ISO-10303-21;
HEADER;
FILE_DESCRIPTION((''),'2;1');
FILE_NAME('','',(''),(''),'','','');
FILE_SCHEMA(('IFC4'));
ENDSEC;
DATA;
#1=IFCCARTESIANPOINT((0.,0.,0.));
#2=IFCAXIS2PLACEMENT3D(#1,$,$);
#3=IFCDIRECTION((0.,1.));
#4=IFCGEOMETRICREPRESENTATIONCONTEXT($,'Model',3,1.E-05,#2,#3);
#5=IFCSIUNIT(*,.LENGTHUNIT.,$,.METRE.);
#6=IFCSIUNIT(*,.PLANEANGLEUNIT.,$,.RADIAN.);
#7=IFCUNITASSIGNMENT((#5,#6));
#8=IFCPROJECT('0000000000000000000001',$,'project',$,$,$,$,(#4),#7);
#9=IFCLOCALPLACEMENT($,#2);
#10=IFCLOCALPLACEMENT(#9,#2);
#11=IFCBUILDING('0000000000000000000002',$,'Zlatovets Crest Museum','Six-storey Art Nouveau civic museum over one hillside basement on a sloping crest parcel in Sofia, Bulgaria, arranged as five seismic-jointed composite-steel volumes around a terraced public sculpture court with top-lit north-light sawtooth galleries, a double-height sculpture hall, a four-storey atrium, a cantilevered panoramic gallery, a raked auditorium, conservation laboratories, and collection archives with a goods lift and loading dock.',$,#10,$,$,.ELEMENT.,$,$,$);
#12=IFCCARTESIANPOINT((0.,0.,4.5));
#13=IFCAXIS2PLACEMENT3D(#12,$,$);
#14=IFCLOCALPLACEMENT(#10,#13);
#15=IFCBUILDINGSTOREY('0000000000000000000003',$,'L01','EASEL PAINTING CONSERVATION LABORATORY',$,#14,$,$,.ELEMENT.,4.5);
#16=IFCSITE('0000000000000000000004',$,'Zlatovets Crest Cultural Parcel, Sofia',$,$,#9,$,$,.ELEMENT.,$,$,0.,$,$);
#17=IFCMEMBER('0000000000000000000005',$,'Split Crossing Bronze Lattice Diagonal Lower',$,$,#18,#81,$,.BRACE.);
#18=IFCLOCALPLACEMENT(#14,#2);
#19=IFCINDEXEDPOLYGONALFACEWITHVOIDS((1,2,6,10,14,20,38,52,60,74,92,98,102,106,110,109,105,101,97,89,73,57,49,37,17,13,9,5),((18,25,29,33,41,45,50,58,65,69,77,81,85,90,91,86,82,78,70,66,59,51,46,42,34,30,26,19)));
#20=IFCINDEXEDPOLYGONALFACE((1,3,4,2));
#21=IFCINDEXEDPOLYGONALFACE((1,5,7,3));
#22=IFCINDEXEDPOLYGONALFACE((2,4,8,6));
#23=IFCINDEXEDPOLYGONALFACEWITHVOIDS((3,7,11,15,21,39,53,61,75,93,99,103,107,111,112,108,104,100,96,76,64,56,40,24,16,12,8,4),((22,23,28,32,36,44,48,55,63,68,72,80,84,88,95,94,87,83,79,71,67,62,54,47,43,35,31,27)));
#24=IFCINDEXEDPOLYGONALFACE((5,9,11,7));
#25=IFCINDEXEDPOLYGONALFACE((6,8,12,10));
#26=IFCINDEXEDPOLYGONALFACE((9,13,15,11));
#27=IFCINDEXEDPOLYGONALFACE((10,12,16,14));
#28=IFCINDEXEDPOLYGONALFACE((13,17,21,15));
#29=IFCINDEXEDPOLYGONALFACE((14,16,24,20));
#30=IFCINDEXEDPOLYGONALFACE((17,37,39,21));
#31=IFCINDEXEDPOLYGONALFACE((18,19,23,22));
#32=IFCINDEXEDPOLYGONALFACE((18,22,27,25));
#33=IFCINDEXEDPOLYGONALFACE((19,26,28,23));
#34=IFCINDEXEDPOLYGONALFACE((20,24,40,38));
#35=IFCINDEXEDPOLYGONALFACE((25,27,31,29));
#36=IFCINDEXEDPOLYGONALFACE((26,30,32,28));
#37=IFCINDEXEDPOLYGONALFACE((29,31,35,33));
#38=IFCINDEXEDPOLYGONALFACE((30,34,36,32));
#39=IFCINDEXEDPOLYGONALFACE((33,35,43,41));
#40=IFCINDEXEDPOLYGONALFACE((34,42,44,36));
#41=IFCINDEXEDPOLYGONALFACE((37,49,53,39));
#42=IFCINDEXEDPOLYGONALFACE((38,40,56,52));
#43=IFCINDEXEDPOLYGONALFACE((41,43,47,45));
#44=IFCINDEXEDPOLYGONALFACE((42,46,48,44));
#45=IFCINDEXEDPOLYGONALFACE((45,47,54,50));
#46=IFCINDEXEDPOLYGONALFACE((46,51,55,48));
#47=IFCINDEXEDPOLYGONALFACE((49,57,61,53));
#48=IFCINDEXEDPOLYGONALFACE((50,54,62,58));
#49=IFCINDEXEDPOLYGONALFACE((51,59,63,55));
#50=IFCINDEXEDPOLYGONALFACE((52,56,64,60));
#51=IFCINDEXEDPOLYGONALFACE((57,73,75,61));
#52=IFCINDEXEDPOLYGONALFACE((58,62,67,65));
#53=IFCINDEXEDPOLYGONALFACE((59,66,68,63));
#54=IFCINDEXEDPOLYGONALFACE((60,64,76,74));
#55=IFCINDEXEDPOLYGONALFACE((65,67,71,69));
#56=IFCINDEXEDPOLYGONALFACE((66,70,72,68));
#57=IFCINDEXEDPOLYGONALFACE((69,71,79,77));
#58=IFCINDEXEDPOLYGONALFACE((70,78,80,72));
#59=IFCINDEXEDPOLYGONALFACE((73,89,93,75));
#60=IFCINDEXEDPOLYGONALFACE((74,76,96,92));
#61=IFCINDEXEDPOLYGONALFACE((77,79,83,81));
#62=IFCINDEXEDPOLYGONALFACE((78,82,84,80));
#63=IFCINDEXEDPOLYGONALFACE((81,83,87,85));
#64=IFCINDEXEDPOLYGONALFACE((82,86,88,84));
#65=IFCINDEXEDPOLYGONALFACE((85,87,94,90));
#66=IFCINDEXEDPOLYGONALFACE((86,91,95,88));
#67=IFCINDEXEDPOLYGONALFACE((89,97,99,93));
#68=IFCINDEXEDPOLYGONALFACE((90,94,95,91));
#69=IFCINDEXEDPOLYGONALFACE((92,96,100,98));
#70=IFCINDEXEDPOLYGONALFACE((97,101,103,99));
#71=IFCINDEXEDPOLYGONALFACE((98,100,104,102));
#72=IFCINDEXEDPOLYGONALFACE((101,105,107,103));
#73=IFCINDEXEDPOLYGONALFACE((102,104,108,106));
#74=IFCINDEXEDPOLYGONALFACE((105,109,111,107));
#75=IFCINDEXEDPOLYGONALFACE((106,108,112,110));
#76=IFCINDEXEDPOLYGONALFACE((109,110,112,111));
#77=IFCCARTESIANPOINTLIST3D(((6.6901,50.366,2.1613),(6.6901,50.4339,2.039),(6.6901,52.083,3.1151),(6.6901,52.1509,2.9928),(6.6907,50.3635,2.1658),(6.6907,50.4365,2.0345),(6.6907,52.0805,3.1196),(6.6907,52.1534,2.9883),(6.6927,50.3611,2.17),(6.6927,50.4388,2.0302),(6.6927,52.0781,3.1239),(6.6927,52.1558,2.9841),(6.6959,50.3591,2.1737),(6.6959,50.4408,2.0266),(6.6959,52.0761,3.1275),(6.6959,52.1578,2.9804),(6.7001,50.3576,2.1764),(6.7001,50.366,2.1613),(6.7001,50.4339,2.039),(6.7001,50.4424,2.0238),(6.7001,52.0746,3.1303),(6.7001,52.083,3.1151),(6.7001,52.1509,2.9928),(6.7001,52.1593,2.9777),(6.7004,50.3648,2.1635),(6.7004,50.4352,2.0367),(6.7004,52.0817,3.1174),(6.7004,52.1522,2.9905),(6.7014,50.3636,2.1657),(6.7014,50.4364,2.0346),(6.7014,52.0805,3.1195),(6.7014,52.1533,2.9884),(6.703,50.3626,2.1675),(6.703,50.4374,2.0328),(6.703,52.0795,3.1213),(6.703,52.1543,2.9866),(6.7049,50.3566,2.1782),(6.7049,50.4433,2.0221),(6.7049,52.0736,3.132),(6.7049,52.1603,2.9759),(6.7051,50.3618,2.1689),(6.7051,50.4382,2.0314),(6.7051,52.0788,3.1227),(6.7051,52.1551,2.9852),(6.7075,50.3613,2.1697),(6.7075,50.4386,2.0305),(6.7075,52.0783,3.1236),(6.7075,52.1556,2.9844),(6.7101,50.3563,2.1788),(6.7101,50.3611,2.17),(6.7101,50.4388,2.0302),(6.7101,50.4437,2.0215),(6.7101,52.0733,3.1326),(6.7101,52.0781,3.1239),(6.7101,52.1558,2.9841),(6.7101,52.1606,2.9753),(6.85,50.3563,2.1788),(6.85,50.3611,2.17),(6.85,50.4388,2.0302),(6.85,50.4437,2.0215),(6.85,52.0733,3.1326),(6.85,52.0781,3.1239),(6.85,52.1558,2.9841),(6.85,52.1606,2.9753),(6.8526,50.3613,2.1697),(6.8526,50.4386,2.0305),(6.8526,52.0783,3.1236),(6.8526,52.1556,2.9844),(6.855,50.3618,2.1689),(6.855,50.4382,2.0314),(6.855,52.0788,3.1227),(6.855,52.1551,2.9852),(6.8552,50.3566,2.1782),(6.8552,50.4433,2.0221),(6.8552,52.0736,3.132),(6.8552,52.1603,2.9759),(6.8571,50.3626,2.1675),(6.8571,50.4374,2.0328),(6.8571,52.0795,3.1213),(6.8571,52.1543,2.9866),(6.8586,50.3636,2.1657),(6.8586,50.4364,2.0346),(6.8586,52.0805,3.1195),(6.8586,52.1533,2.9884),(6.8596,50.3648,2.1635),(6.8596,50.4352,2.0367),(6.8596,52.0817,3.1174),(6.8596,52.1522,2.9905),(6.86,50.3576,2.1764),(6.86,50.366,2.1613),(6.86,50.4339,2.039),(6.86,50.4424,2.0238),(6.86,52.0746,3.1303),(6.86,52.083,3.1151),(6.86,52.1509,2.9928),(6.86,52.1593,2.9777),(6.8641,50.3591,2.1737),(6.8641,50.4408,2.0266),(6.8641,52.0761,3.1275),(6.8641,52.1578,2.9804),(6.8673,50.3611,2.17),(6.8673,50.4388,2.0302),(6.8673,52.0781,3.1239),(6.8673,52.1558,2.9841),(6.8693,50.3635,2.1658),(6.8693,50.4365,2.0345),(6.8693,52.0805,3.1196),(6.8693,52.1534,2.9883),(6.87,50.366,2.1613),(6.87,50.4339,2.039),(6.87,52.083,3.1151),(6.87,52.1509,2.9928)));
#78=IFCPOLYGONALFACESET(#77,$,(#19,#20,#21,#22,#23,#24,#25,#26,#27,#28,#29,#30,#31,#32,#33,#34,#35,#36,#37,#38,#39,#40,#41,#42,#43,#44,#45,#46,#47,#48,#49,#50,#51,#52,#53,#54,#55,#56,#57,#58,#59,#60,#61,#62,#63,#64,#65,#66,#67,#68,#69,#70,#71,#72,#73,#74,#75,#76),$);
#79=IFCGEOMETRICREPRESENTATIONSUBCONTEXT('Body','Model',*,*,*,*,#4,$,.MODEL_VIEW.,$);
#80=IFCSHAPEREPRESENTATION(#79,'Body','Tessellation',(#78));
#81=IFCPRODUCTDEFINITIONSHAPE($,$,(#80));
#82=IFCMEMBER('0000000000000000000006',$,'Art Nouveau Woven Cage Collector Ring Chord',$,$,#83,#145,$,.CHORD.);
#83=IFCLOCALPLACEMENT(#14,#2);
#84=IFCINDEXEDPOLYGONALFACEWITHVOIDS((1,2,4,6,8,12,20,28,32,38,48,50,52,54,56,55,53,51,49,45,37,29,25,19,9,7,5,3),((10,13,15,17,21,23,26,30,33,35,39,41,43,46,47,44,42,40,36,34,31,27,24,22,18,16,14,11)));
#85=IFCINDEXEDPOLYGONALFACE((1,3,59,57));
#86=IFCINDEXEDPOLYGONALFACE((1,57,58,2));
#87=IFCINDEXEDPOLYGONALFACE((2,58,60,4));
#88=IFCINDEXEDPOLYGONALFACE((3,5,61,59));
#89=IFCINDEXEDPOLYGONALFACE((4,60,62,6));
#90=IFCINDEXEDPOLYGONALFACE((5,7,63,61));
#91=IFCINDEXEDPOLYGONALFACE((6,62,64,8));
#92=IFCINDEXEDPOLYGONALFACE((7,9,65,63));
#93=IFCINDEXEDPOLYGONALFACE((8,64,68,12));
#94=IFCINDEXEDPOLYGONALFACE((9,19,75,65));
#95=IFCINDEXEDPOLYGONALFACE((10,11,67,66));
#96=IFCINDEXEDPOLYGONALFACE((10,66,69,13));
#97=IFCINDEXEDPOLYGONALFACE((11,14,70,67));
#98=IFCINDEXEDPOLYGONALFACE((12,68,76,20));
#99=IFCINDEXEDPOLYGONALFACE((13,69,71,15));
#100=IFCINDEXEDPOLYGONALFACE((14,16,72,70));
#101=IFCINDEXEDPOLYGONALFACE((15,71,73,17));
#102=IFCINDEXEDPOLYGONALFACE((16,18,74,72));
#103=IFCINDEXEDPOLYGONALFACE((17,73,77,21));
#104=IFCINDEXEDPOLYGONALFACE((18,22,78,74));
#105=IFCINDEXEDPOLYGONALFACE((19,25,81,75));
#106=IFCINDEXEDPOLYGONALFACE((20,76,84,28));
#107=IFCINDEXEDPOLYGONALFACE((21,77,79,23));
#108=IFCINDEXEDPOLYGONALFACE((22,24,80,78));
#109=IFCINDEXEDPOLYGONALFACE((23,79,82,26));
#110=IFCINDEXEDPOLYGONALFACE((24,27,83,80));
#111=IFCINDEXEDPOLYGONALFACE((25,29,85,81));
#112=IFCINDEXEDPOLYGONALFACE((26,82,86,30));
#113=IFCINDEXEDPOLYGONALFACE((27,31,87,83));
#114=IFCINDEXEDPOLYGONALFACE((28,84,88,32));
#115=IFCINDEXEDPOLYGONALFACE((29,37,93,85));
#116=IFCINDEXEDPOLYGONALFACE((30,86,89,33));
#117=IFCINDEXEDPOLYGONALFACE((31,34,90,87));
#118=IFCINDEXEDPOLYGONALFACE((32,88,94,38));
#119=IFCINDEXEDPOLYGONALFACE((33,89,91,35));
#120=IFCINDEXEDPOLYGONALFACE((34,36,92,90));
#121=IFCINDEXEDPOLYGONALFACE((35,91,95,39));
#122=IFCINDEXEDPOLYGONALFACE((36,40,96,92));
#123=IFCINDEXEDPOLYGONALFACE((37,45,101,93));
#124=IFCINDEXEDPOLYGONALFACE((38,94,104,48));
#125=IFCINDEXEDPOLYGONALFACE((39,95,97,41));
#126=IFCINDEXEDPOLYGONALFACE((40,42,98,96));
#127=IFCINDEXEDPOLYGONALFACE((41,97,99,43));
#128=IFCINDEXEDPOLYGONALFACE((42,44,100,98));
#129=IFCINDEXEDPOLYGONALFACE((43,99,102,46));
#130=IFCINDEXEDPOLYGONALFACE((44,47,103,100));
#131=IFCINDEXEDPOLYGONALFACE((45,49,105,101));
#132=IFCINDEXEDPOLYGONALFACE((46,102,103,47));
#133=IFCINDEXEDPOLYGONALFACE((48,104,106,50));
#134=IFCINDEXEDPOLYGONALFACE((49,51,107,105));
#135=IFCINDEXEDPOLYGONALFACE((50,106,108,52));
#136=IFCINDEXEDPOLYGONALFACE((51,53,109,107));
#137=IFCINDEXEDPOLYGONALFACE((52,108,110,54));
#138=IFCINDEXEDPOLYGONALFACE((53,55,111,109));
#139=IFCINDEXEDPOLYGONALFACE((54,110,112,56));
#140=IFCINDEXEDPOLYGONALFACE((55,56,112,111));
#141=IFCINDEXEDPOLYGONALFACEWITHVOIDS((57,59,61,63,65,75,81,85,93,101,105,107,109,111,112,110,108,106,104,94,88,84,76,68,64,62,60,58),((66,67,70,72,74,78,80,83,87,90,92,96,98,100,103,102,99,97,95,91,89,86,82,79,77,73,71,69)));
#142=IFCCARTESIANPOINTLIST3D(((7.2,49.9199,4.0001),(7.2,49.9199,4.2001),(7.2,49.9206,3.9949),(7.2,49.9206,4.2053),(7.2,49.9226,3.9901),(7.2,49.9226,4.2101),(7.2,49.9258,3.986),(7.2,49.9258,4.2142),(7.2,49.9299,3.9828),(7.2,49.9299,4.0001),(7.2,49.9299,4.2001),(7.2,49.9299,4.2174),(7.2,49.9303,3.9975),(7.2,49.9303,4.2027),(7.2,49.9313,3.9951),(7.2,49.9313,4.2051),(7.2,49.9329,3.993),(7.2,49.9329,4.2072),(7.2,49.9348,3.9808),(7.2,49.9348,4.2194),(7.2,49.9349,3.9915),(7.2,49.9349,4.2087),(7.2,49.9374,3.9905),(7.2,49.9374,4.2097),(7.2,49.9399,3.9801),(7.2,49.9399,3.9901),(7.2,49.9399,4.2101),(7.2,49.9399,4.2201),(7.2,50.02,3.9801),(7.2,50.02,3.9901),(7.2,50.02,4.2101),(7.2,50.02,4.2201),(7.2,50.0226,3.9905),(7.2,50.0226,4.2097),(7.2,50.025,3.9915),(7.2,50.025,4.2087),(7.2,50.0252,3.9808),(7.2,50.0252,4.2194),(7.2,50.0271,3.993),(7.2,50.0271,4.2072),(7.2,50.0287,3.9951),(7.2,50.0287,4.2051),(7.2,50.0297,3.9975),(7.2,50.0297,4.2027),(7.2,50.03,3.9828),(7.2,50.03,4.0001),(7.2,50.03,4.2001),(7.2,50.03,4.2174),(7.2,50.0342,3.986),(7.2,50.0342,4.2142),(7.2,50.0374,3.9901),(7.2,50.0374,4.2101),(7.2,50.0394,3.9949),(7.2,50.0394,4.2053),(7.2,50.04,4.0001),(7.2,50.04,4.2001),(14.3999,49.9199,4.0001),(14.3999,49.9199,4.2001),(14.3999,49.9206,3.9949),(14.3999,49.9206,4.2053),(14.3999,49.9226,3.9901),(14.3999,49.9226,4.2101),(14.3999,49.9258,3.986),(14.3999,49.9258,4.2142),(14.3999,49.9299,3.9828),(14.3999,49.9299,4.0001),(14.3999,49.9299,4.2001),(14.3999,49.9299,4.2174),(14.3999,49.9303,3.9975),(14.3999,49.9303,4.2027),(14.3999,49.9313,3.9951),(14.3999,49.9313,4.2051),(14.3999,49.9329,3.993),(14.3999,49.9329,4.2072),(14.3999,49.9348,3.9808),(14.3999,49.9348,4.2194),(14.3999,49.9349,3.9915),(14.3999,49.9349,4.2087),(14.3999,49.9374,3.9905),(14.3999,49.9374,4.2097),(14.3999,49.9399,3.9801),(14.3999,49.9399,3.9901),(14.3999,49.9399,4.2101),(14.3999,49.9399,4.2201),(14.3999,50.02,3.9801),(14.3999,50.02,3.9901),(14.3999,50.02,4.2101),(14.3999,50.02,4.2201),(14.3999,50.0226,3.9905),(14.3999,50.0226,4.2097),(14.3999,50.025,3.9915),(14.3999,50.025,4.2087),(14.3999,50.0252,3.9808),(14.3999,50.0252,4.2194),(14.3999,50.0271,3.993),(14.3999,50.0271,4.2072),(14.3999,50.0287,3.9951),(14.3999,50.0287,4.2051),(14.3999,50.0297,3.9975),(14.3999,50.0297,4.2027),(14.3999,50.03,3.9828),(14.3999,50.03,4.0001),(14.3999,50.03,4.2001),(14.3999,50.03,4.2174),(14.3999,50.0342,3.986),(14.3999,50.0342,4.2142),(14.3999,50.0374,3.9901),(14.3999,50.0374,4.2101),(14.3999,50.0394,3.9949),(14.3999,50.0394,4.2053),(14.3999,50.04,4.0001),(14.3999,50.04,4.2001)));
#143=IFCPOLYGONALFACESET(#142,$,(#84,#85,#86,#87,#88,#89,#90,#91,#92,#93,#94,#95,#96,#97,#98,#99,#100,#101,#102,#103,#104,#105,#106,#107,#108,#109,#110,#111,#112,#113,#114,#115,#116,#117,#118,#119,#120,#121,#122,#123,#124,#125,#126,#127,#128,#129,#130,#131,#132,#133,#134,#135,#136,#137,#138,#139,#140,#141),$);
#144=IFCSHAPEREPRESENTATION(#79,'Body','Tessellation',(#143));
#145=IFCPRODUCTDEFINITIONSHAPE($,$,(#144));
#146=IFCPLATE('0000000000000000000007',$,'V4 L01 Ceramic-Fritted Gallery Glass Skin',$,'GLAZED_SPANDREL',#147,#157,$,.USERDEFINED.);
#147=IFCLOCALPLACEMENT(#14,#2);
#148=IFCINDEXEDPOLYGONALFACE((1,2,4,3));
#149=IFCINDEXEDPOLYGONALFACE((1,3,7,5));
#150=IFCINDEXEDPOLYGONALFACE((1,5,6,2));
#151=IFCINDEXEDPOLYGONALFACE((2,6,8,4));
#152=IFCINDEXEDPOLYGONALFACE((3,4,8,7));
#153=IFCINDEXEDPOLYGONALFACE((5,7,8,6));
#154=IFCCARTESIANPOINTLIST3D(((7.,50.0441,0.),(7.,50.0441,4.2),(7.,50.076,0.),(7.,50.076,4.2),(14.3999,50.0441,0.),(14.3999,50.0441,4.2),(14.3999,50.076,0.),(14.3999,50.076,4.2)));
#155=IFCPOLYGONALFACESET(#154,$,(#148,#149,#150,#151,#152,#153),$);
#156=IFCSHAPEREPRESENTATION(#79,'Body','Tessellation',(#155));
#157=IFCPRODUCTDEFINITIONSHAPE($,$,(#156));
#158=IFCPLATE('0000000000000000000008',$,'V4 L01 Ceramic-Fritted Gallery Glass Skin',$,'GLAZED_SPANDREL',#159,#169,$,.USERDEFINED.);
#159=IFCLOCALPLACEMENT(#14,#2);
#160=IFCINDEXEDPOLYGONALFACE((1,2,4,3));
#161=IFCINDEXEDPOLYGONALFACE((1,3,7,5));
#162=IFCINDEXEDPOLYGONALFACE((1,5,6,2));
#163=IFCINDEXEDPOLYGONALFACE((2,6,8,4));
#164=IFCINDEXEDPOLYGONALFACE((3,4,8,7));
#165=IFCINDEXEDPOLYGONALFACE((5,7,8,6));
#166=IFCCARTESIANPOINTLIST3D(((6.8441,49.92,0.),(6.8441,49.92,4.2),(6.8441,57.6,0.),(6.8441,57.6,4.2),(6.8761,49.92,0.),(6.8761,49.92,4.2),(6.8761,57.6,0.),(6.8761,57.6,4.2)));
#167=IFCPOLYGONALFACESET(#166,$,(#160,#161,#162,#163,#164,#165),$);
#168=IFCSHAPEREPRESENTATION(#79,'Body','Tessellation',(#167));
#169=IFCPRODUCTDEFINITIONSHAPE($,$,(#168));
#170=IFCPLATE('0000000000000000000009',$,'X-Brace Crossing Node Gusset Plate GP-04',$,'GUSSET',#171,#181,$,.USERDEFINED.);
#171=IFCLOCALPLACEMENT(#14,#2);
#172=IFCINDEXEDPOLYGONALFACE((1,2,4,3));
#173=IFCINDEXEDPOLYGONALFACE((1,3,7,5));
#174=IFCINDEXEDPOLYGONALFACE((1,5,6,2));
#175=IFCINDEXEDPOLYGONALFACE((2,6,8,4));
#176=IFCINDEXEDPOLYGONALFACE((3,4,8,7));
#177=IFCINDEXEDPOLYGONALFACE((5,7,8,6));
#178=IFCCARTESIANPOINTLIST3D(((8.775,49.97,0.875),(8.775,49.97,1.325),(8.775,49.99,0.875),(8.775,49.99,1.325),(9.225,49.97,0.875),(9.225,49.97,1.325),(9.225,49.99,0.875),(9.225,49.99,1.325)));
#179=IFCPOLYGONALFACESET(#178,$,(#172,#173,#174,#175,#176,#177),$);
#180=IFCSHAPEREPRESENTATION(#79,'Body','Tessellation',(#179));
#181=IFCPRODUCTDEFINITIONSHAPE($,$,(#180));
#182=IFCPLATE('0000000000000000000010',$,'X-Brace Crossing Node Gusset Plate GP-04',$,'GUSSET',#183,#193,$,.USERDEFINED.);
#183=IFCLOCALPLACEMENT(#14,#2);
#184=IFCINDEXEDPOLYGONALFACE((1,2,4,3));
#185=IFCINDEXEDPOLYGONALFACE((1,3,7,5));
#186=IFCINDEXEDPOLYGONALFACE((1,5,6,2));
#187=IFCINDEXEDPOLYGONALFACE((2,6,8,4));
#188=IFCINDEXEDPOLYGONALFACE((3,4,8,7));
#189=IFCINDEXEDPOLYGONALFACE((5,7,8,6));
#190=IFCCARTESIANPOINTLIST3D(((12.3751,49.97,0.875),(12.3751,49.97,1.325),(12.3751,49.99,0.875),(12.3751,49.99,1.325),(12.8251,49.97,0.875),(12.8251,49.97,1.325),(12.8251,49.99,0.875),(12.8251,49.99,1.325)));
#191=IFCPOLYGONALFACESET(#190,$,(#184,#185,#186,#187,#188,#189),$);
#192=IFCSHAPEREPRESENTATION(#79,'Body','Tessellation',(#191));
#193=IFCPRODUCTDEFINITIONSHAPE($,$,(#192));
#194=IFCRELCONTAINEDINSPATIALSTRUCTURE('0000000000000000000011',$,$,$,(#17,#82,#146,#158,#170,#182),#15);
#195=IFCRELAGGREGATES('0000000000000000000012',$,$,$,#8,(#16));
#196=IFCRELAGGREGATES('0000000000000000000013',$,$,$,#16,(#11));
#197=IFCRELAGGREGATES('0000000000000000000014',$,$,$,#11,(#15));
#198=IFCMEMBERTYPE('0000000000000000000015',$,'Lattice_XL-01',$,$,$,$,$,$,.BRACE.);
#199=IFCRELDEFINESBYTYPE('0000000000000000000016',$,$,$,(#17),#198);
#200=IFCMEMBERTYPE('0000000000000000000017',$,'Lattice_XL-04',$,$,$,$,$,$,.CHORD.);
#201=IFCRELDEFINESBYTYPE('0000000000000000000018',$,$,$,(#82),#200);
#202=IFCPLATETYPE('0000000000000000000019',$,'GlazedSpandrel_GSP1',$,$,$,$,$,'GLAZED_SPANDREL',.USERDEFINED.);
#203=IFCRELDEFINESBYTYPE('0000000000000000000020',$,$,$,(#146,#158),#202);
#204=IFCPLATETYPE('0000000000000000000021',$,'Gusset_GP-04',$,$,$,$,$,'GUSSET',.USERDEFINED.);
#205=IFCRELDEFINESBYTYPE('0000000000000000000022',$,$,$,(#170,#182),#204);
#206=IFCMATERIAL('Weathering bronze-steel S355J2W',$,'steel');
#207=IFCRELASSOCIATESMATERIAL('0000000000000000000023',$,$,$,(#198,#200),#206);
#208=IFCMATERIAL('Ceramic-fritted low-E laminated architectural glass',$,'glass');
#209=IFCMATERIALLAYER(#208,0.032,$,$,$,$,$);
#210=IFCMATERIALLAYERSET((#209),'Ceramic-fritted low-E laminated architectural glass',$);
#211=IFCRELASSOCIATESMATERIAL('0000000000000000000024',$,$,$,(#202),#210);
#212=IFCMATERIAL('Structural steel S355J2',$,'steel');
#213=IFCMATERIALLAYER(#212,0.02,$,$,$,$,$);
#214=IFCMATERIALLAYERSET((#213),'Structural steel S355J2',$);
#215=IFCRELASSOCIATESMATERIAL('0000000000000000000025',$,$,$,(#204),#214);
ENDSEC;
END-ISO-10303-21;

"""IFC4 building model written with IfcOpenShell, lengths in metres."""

from ifc_helpers import new_model, si_unit, direction, frame, origin, origin_2d, place, context, subcontext, project, spatial, rectangle, hollow_rectangle, extrude, material, layer, layer_set, material_profile, profile_set, type_object, element, save


model = new_model("IFC4")

# Units and contexts
model_context = context("Model", 3, precision=1e-05, world=origin(), true_north=direction((0.0, 1.0)))
body_context = subcontext(model_context, "Body", "Model", "MODEL_VIEW")
ifc_project = project(units=[si_unit("LENGTHUNIT", "METRE"), si_unit("PLANEANGLEUNIT", "RADIAN")], contexts=[model_context])

# Site, building, storey
site_placement = place(None, origin())
site = spatial("IfcSite", under=ifc_project, at=site_placement, Name="Zlatovets Crest Cultural Parcel, Sofia", CompositionType="ELEMENT", RefElevation=0.0)
building_placement = place(site_placement, origin())
building = spatial("IfcBuilding", under=site, at=building_placement, Name="Zlatovets Crest Museum", Description="Six-storey Art Nouveau civic museum over one hillside basement on a sloping crest parcel in Sofia, Bulgaria, arranged as five seismic-jointed composite-steel volumes around a terraced public sculpture court with top-lit north-light sawtooth galleries, a double-height sculpture hall, a four-storey atrium, a cantilevered panoramic gallery, a raked auditorium, conservation laboratories, and collection archives with a goods lift and loading dock.", CompositionType="ELEMENT")
storey_placement = place(building_placement, frame((0.0, 0.0, 4.5)))
storey = spatial("IfcBuildingStorey", under=building, at=storey_placement, Name="L01", Description="EASEL PAINTING CONSERVATION LABORATORY", CompositionType="ELEMENT", Elevation=4.5)

# Shared definitions
ifc_material_1 = material(Name="Structural steel S355J2", Category="steel")

# Members
ifc_material_2 = material(Name="Weathering bronze-steel S355J2W", Category="steel")
ifc_material_profile_1 = material_profile(ifc_material_2, hollow_rectangle(XDim=0.1799, YDim=0.1799, WallThickness=0.01, InnerFilletRadius=0.01, OuterFilletRadius=0.02, at=origin_2d()), Name="SHS 180x180x10.0")
ifc_profile_set_1 = profile_set([ifc_material_profile_1], Name="Weathering bronze-steel S355J2W")
member_type_1 = type_object("IfcMemberType", Name="Lattice_XL-01", PredefinedType="BRACE", material=ifc_profile_set_1)
member_1_placement = place(storey_placement, frame((6.78, 52.1169, 3.054), z_axis=(0.0, -0.874169, -0.485622), x_axis=(1.0, 0.0, 0.0)))
element("IfcMember", 1, at=member_1_placement, inside=storey, type_object=member_type_1, Name="Split Crossing Bronze Lattice Diagonal Lower", PredefinedType="BRACE", context=body_context, shape_type="SweptSolid", body=[
    extrude(hollow_rectangle(XDim=0.1799, YDim=0.1799, WallThickness=0.01, InnerFilletRadius=0.01, OuterFilletRadius=0.02, at=origin_2d()), origin(), (0.0, 0.0, 1.0), 1.9641),
])
ifc_material_profile_2 = material_profile(ifc_material_2, hollow_rectangle(XDim=0.1201, YDim=0.24, WallThickness=0.01, InnerFilletRadius=0.01, OuterFilletRadius=0.02, at=origin_2d()), Name="RHS 120x240x10.0")
ifc_profile_set_2 = profile_set([ifc_material_profile_2], Name="Weathering bronze-steel S355J2W")
member_type_2 = type_object("IfcMemberType", Name="Lattice_XL-04", PredefinedType="CHORD", material=ifc_profile_set_2)
member_2_placement = place(storey_placement, frame((7.2, 49.98, 4.1001), z_axis=(1.0, 0.0, 0.0), x_axis=(0.0, 1.0, 0.0)))
element("IfcMember", 2, at=member_2_placement, inside=storey, type_object=member_type_2, Name="Art Nouveau Woven Cage Collector Ring Chord", PredefinedType="CHORD", context=body_context, shape_type="SweptSolid", body=[
    extrude(hollow_rectangle(XDim=0.1201, YDim=0.24, WallThickness=0.01, InnerFilletRadius=0.01, OuterFilletRadius=0.02, at=origin_2d()), origin(), (0.0, 0.0, 1.0), 7.2),
])

# Plates
ifc_material_3 = material(Name="Ceramic-fritted low-E laminated architectural glass", Category="glass")
ifc_layer_1 = layer(ifc_material_3, 0.032)
ifc_layer_set_1 = layer_set([ifc_layer_1], Name="Ceramic-fritted low-E laminated architectural glass")
plate_type_1 = type_object("IfcPlateType", Name="GlazedSpandrel_GSP1", ElementType="GLAZED_SPANDREL", PredefinedType="USERDEFINED", material=ifc_layer_set_1)
plate_1_placement = place(storey_placement, frame((10.7, 50.0601, 0.0), z_axis=(0.0, 0.0, 1.0), x_axis=(1.0, 0.0, 0.0)))
element("IfcPlate", 3, at=plate_1_placement, inside=storey, type_object=plate_type_1, Name="V4 L01 Ceramic-Fritted Gallery Glass Skin", ObjectType="GLAZED_SPANDREL", PredefinedType="USERDEFINED", context=body_context, shape_type="SweptSolid", body=[
    extrude(rectangle(XDim=7.3999, YDim=0.032, at=origin_2d()), origin(), (0.0, 0.0, 1.0), 4.2),
])
plate_2_placement = place(storey_placement, frame((6.8601, 53.76, 0.0), z_axis=(0.0, 0.0, 1.0), x_axis=(0.0, 1.0, 0.0)))
element("IfcPlate", 4, at=plate_2_placement, inside=storey, type_object=plate_type_1, Name="V4 L01 Ceramic-Fritted Gallery Glass Skin", ObjectType="GLAZED_SPANDREL", PredefinedType="USERDEFINED", context=body_context, shape_type="SweptSolid", body=[
    extrude(rectangle(XDim=7.6799, YDim=0.032, at=origin_2d()), origin(), (0.0, 0.0, 1.0), 4.2),
])
ifc_layer_2 = layer(ifc_material_1, 0.02)
ifc_layer_set_2 = layer_set([ifc_layer_2], Name="Structural steel S355J2")
plate_type_2 = type_object("IfcPlateType", Name="Gusset_GP-04", ElementType="GUSSET", PredefinedType="USERDEFINED", material=ifc_layer_set_2)
for number, where, z_axis, x_axis, name in (
    (5, (9.0, 49.98, 0.875), (0.0, 0.0, 1.0), (1.0, 0.0, 0.0), "X-Brace Crossing Node Gusset Plate GP-04"),
    (6, (12.6001, 49.98, 0.875), (0.0, 0.0, 1.0), (1.0, 0.0, 0.0), "X-Brace Crossing Node Gusset Plate GP-04"),
):
    element("IfcPlate", number, at=place(storey_placement, frame(where, z_axis=z_axis, x_axis=x_axis)), inside=storey, type_object=plate_type_2, Name=name, ObjectType="GUSSET", PredefinedType="USERDEFINED", context=body_context, shape_type="SweptSolid", body=[
        extrude(rectangle(XDim=0.45, YDim=0.02, at=origin_2d()), origin(), (0.0, 0.0, 1.0), 0.45),
    ])

save(model, "model.ifc")
